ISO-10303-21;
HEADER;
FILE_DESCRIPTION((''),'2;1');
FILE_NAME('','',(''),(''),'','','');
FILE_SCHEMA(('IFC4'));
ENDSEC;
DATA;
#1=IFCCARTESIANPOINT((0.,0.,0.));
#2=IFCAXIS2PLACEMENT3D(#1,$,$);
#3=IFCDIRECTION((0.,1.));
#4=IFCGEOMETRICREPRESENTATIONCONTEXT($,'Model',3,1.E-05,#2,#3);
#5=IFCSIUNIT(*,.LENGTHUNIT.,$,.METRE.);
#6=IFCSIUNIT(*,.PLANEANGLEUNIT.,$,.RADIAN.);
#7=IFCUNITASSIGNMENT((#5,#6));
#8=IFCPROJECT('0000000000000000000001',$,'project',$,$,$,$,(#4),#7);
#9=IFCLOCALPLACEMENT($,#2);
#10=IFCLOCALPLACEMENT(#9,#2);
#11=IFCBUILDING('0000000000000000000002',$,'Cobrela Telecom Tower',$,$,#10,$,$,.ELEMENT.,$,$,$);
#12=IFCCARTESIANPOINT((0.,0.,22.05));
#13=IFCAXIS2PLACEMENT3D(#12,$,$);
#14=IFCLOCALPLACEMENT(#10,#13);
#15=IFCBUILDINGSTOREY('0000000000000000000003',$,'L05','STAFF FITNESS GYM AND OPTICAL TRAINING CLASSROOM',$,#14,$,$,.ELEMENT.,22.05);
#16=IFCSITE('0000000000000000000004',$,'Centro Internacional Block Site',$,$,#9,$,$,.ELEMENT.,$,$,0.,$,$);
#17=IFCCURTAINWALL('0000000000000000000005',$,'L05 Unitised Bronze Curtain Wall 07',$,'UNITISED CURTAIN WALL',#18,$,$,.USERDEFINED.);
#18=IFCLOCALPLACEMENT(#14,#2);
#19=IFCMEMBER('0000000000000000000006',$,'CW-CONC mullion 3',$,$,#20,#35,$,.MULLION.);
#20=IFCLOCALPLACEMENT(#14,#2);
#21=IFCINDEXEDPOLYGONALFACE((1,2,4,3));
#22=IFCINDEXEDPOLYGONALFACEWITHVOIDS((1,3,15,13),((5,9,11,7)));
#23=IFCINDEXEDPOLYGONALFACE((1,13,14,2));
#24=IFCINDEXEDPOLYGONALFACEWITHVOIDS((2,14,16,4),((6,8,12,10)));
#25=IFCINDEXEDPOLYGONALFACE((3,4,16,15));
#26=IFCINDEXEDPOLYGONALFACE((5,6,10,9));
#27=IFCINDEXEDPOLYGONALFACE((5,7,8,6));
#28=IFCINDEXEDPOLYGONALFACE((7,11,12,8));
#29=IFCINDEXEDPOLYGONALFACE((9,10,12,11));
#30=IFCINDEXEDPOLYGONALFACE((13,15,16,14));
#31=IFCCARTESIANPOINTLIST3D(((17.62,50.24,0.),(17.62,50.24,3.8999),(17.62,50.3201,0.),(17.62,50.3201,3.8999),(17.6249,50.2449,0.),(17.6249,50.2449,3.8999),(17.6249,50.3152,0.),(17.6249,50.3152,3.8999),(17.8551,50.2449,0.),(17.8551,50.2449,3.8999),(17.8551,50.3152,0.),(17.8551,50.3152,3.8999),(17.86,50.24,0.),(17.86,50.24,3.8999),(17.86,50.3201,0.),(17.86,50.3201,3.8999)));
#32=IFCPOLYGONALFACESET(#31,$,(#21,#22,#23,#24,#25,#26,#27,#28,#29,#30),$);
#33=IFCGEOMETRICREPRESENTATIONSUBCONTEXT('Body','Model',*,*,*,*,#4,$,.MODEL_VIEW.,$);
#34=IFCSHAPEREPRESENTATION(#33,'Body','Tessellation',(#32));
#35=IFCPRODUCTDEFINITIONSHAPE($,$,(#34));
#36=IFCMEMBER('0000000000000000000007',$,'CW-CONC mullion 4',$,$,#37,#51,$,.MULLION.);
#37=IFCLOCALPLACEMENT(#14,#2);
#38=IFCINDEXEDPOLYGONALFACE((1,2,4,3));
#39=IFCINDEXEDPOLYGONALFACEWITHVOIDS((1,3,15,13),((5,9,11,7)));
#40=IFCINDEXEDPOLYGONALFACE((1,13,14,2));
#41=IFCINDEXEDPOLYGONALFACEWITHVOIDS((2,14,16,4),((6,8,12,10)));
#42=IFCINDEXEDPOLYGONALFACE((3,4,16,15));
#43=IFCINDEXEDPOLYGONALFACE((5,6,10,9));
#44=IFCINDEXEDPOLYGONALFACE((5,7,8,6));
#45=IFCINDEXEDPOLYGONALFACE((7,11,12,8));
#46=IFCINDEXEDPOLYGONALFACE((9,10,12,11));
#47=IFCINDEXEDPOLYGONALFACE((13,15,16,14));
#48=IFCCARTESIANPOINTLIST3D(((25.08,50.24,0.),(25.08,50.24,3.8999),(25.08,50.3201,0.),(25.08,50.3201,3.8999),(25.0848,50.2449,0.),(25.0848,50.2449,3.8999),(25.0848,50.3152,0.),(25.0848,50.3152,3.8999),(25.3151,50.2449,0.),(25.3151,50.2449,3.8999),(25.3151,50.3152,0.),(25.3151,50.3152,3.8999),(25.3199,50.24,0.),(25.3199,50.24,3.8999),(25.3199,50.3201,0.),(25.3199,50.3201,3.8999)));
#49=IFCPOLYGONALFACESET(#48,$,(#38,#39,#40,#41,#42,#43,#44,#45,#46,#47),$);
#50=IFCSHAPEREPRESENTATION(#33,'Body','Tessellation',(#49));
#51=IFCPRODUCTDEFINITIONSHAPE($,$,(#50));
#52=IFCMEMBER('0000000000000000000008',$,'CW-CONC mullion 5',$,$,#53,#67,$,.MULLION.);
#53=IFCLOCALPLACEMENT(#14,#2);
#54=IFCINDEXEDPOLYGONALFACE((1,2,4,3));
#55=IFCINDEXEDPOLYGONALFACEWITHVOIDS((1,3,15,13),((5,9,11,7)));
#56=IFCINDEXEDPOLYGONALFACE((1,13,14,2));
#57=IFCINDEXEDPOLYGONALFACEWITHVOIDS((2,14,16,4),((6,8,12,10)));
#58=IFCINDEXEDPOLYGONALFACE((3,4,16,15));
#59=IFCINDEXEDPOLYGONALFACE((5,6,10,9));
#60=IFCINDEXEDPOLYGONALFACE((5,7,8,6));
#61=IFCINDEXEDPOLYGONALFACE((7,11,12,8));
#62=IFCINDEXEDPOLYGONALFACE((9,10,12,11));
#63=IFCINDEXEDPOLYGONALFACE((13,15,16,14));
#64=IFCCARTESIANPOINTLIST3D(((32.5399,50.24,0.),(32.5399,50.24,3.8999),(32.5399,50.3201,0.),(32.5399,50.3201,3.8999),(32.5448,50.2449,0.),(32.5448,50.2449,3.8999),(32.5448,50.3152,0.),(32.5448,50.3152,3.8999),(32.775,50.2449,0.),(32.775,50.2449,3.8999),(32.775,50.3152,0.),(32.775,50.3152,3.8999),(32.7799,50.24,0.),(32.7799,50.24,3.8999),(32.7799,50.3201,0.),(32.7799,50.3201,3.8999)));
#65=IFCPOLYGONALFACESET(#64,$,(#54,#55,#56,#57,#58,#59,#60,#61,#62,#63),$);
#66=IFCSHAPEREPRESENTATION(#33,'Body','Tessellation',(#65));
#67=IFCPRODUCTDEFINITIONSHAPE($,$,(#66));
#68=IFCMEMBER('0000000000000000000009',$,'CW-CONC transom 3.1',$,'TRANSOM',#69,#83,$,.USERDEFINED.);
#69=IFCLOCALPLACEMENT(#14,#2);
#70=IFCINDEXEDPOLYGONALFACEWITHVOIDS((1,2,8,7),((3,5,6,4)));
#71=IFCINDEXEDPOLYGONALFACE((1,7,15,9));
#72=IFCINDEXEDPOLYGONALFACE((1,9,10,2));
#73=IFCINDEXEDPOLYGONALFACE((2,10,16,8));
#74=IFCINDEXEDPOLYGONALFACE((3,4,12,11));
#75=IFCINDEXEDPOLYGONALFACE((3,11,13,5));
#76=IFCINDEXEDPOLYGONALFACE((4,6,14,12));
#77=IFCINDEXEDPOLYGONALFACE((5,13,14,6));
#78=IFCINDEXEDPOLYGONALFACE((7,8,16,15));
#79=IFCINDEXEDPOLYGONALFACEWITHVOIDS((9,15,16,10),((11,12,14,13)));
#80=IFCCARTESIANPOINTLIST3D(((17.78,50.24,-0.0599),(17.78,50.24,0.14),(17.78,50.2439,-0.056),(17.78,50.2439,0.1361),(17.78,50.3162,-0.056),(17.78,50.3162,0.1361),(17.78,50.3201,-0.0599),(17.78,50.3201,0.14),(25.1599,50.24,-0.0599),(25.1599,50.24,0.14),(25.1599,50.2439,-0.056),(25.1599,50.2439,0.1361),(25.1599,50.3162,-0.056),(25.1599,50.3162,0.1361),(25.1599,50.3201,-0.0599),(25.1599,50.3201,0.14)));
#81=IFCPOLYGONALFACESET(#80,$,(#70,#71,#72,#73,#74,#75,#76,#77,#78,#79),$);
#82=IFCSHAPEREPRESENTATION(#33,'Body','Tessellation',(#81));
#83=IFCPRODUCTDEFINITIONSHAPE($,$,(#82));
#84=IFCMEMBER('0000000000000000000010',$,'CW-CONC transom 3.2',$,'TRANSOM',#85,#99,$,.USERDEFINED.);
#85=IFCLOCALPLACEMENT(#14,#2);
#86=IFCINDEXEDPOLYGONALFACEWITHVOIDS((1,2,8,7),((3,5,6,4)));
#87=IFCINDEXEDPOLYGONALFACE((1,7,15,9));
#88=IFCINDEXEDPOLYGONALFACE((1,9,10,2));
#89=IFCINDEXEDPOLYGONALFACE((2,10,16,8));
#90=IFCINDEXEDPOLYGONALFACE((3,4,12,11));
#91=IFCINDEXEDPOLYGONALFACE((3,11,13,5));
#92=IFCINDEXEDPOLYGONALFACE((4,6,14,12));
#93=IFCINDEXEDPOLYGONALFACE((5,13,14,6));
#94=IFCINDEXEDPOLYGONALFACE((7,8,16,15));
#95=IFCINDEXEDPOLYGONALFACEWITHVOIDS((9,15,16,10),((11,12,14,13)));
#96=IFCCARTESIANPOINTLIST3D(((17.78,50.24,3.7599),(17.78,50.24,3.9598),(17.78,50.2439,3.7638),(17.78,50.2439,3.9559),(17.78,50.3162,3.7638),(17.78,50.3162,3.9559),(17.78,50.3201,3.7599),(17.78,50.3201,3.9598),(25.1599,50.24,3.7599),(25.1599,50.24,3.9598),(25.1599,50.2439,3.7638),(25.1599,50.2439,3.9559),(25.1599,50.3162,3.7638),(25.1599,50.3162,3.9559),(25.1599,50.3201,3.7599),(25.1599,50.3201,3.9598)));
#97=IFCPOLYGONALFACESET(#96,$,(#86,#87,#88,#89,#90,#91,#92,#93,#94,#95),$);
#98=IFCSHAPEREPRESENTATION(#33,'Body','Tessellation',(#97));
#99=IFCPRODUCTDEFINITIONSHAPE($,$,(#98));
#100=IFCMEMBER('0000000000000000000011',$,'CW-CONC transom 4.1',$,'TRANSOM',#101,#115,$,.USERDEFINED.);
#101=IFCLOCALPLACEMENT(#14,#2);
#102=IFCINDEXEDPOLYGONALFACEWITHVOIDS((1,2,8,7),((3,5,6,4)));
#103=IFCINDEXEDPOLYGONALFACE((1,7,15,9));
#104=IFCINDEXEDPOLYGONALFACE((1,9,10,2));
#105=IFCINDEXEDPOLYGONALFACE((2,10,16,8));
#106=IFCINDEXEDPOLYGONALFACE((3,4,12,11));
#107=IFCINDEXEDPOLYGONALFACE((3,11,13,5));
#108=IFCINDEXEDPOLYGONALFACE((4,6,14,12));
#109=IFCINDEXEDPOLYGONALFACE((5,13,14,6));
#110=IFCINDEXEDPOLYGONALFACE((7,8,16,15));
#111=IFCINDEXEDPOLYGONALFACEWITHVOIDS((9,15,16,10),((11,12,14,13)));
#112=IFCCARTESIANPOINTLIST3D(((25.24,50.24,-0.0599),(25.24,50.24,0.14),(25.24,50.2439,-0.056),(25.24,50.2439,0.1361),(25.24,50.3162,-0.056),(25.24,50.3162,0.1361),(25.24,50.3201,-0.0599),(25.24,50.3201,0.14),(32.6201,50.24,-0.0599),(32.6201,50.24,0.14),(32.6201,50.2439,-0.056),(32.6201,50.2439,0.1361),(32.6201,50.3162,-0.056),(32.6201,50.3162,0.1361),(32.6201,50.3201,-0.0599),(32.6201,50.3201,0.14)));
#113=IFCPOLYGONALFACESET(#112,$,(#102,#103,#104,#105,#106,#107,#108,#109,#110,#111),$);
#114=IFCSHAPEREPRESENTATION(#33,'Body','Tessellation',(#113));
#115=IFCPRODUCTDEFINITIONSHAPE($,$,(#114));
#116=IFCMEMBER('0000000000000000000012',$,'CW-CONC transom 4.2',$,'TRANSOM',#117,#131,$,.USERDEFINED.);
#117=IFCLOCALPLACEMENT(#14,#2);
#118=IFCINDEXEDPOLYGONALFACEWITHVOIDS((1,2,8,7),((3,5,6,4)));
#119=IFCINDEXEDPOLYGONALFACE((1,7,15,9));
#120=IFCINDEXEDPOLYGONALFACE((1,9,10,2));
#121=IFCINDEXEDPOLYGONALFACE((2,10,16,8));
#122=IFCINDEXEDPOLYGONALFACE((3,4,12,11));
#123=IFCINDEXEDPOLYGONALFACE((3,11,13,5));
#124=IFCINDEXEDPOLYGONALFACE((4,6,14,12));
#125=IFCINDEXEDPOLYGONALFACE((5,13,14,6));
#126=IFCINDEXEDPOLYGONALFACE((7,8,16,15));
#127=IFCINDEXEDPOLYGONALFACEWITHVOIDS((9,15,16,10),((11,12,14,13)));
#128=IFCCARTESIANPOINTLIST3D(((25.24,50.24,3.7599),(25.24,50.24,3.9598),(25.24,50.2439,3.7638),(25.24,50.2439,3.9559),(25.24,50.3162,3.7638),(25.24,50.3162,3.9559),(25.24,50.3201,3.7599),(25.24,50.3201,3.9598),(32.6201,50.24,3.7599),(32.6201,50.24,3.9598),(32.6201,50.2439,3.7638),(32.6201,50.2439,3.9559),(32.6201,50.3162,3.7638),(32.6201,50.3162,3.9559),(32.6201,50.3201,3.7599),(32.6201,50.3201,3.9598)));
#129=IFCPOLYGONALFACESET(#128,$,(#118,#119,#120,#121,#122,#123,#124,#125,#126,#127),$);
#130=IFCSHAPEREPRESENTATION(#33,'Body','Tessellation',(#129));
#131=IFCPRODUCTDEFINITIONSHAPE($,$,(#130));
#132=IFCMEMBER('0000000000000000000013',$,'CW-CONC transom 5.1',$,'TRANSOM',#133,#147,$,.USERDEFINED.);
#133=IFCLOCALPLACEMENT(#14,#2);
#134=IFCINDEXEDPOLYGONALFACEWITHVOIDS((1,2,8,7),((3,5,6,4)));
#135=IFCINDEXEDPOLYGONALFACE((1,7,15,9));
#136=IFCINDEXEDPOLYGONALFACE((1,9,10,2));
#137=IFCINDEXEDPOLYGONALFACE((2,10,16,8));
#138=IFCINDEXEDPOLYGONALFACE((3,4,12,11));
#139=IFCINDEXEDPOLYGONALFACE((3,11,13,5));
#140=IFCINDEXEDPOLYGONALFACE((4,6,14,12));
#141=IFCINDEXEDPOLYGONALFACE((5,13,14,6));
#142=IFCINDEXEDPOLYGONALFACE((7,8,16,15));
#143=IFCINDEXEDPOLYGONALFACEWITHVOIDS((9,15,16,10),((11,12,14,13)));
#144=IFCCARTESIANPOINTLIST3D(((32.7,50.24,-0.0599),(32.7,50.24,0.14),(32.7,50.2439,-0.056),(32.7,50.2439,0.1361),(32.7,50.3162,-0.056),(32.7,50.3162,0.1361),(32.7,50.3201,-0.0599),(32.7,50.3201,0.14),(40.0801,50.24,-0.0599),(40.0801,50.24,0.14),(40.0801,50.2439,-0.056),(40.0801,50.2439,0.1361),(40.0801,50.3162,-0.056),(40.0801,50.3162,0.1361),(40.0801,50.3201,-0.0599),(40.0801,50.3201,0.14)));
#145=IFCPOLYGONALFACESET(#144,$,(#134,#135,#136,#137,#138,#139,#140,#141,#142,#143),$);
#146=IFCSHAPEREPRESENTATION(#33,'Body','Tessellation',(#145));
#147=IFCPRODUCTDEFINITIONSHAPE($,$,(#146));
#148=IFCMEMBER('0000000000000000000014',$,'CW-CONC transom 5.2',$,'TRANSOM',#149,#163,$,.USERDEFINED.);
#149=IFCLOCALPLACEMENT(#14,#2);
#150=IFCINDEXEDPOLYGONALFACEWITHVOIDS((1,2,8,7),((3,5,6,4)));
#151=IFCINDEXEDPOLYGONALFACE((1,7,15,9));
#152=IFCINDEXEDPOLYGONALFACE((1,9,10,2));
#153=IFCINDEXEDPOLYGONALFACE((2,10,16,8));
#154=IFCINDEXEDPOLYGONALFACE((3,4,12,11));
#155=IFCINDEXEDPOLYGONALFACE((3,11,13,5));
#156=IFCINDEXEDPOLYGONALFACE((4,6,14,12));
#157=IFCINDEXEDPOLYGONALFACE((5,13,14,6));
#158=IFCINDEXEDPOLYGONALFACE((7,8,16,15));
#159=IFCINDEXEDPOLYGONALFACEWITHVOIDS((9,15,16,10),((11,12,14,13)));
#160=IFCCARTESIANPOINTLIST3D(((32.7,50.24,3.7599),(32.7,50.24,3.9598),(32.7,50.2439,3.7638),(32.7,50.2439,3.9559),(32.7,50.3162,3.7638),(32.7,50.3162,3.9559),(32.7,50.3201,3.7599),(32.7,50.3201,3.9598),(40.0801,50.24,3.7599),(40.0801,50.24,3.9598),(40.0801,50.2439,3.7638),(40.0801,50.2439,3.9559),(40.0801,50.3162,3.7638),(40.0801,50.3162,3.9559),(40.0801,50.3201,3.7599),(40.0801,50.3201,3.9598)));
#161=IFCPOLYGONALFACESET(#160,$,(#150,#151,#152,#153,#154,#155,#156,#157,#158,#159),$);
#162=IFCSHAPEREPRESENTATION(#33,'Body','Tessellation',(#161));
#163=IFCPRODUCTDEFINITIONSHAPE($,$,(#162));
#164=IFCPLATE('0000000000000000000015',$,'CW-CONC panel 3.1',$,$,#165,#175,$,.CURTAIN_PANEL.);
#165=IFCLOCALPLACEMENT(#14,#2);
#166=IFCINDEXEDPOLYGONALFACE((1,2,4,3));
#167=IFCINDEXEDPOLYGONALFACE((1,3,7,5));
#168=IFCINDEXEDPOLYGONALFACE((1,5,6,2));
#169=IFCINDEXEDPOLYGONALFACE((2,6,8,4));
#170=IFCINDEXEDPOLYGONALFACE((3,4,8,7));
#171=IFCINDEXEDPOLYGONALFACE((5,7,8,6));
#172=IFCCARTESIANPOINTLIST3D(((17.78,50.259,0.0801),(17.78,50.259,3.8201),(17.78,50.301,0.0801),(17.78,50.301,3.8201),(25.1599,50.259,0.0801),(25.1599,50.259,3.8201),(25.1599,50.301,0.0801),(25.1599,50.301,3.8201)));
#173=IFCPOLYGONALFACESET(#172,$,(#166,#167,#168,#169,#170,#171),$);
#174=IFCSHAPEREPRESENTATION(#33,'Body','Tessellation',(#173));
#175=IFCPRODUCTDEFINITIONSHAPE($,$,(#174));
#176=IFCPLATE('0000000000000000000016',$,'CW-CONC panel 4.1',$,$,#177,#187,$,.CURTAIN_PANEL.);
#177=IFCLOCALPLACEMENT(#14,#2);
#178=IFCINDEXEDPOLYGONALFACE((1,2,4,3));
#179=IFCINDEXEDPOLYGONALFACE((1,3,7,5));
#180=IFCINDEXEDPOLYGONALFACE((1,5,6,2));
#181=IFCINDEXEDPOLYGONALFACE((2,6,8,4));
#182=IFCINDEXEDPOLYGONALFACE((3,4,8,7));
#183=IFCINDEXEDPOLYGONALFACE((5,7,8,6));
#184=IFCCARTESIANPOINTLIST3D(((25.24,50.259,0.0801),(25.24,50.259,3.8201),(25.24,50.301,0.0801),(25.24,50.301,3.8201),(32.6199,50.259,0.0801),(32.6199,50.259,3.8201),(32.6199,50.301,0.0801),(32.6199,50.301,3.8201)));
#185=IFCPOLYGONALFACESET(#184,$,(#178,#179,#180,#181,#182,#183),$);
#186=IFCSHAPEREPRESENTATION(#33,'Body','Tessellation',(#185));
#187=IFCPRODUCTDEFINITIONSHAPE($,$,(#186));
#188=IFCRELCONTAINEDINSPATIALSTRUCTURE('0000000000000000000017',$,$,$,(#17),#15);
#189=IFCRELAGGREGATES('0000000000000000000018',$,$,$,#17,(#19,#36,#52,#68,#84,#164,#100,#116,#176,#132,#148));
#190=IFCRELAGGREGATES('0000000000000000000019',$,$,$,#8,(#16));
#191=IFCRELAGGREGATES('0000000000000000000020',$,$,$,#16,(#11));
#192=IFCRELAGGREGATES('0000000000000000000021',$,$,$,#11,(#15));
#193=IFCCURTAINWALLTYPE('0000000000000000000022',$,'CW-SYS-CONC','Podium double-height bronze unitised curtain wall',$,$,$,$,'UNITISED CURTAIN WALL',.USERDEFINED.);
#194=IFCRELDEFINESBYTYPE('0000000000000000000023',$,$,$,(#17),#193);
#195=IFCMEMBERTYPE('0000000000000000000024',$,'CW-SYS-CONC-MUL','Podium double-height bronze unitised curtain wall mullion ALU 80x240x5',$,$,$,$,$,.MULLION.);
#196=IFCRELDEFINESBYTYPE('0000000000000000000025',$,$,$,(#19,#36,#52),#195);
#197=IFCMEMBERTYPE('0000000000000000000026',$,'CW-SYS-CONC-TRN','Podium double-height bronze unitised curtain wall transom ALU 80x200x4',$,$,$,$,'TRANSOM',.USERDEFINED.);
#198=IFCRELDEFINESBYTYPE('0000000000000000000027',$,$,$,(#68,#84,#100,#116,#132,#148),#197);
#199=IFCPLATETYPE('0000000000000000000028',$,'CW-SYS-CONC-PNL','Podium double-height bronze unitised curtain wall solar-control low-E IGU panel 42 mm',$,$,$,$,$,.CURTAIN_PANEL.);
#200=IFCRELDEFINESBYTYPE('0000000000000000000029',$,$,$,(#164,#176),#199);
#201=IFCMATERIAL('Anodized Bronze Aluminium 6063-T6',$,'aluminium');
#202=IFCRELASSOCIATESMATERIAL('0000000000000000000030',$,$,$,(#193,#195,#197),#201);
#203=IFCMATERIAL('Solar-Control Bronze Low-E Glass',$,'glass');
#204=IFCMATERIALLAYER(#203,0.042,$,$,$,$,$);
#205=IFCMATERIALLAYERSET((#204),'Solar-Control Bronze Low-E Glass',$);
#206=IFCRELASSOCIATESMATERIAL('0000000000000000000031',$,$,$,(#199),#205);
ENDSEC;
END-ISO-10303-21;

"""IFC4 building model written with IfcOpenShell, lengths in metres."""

from ifc_helpers import new_model, si_unit, direction, frame, origin, origin_2d, place, context, subcontext, project, spatial, rectangle, hollow_rectangle, extrude, material, layer, layer_set, material_profile, profile_set, type_object, element, aggregate, save


model = new_model("IFC4")

# Units and contexts
model_context = context("Model", 3, precision=1e-05, world=origin(), true_north=direction((0.0, 1.0)))
body_context = subcontext(model_context, "Body", "Model", "MODEL_VIEW")
ifc_project = project(units=[si_unit("LENGTHUNIT", "METRE"), si_unit("PLANEANGLEUNIT", "RADIAN")], contexts=[model_context])

# Site, building, storey
site_placement = place(None, origin())
site = spatial("IfcSite", under=ifc_project, at=site_placement, Name="Centro Internacional Block Site", CompositionType="ELEMENT", RefElevation=0.0)
building_placement = place(site_placement, origin())
building = spatial("IfcBuilding", under=site, at=building_placement, Name="Cobrela Telecom Tower", CompositionType="ELEMENT")
storey_placement = place(building_placement, frame((0.0, 0.0, 22.05)))
storey = spatial("IfcBuildingStorey", under=building, at=storey_placement, Name="L05", Description="STAFF FITNESS GYM AND OPTICAL TRAINING CLASSROOM", CompositionType="ELEMENT", Elevation=22.05)

# Curtain wall, members, plates
ifc_material_1 = material(Name="Anodized Bronze Aluminium 6063-T6", Category="aluminium")
curtain_wall_type = type_object("IfcCurtainWallType", Name="CW-SYS-CONC", Description="Podium double-height bronze unitised curtain wall", ElementType="UNITISED CURTAIN WALL", PredefinedType="USERDEFINED", material=ifc_material_1)
curtain_wall_placement = place(storey_placement, origin())
curtain_wall = element("IfcCurtainWall", 1, at=curtain_wall_placement, inside=storey, type_object=curtain_wall_type, Name="L05 Unitised Bronze Curtain Wall 07", ObjectType="UNITISED CURTAIN WALL", PredefinedType="USERDEFINED")
ifc_material_profile_1 = material_profile(ifc_material_1, hollow_rectangle(XDim=0.0801, YDim=0.24, WallThickness=0.0049, at=origin_2d()), Name="ALU 80x240x5")
ifc_profile_set_1 = profile_set([ifc_material_profile_1], Name="Anodized Bronze Aluminium 6063-T6")
member_type_1 = type_object("IfcMemberType", Name="CW-SYS-CONC-MUL", Description="Podium double-height bronze unitised curtain wall mullion ALU 80x240x5", PredefinedType="MULLION", material=ifc_profile_set_1)
member_1_placement = place(storey_placement, frame((17.74, 50.28, 0.0), z_axis=(0.0, 0.0, 1.0), x_axis=(0.0, 1.0, 0.0)))
member_1 = element("IfcMember", 2, at=member_1_placement, type_object=member_type_1, Name="CW-CONC mullion 3", PredefinedType="MULLION", context=body_context, shape_type="SweptSolid", body=[
    extrude(hollow_rectangle(XDim=0.0801, YDim=0.24, WallThickness=0.0049, at=origin_2d()), origin(), (0.0, 0.0, 1.0), 3.8999),
])
member_2_placement = place(storey_placement, frame((25.2, 50.28, 0.0), z_axis=(0.0, 0.0, 1.0), x_axis=(0.0, 1.0, 0.0)))
member_2 = element("IfcMember", 3, at=member_2_placement, type_object=member_type_1, Name="CW-CONC mullion 4", PredefinedType="MULLION", context=body_context, shape_type="SweptSolid", body=[
    extrude(hollow_rectangle(XDim=0.0801, YDim=0.24, WallThickness=0.0049, at=origin_2d()), origin(), (0.0, 0.0, 1.0), 3.8999),
])
member_3_placement = place(storey_placement, frame((32.6599, 50.28, 0.0), z_axis=(0.0, 0.0, 1.0), x_axis=(0.0, 1.0, 0.0)))
member_3 = element("IfcMember", 4, at=member_3_placement, type_object=member_type_1, Name="CW-CONC mullion 5", PredefinedType="MULLION", context=body_context, shape_type="SweptSolid", body=[
    extrude(hollow_rectangle(XDim=0.0801, YDim=0.24, WallThickness=0.0049, at=origin_2d()), origin(), (0.0, 0.0, 1.0), 3.8999),
])
ifc_material_profile_2 = material_profile(ifc_material_1, hollow_rectangle(XDim=0.0801, YDim=0.2, WallThickness=0.0039, at=origin_2d()), Name="ALU 80x200x4")
ifc_profile_set_2 = profile_set([ifc_material_profile_2], Name="Anodized Bronze Aluminium 6063-T6")
member_type_2 = type_object("IfcMemberType", Name="CW-SYS-CONC-TRN", Description="Podium double-height bronze unitised curtain wall transom ALU 80x200x4", ElementType="TRANSOM", PredefinedType="USERDEFINED", material=ifc_profile_set_2)
member_4_placement = place(storey_placement, frame((17.78, 50.28, 0.04), z_axis=(1.0, 0.0, 0.0), x_axis=(0.0, 1.0, 0.0)))
member_4 = element("IfcMember", 5, at=member_4_placement, type_object=member_type_2, Name="CW-CONC transom 3.1", ObjectType="TRANSOM", PredefinedType="USERDEFINED", context=body_context, shape_type="SweptSolid", body=[
    extrude(hollow_rectangle(XDim=0.0801, YDim=0.2, WallThickness=0.0039, at=origin_2d()), origin(), (0.0, 0.0, 1.0), 7.3799),
])
member_5_placement = place(storey_placement, frame((17.78, 50.28, 3.8599), z_axis=(1.0, 0.0, 0.0), x_axis=(0.0, 1.0, 0.0)))
member_5 = element("IfcMember", 6, at=member_5_placement, type_object=member_type_2, Name="CW-CONC transom 3.2", ObjectType="TRANSOM", PredefinedType="USERDEFINED", context=body_context, shape_type="SweptSolid", body=[
    extrude(hollow_rectangle(XDim=0.0801, YDim=0.2, WallThickness=0.0039, at=origin_2d()), origin(), (0.0, 0.0, 1.0), 7.3799),
])
member_6_placement = place(storey_placement, frame((25.24, 50.28, 0.04), z_axis=(1.0, 0.0, 0.0), x_axis=(0.0, 1.0, 0.0)))
member_6 = element("IfcMember", 7, at=member_6_placement, type_object=member_type_2, Name="CW-CONC transom 4.1", ObjectType="TRANSOM", PredefinedType="USERDEFINED", context=body_context, shape_type="SweptSolid", body=[
    extrude(hollow_rectangle(XDim=0.0801, YDim=0.2, WallThickness=0.0039, at=origin_2d()), origin(), (0.0, 0.0, 1.0), 7.3801),
])
member_7_placement = place(storey_placement, frame((25.24, 50.28, 3.8599), z_axis=(1.0, 0.0, 0.0), x_axis=(0.0, 1.0, 0.0)))
member_7 = element("IfcMember", 8, at=member_7_placement, type_object=member_type_2, Name="CW-CONC transom 4.2", ObjectType="TRANSOM", PredefinedType="USERDEFINED", context=body_context, shape_type="SweptSolid", body=[
    extrude(hollow_rectangle(XDim=0.0801, YDim=0.2, WallThickness=0.0039, at=origin_2d()), origin(), (0.0, 0.0, 1.0), 7.3801),
])
member_8_placement = place(storey_placement, frame((32.7, 50.28, 0.04), z_axis=(1.0, 0.0, 0.0), x_axis=(0.0, 1.0, 0.0)))
member_8 = element("IfcMember", 9, at=member_8_placement, type_object=member_type_2, Name="CW-CONC transom 5.1", ObjectType="TRANSOM", PredefinedType="USERDEFINED", context=body_context, shape_type="SweptSolid", body=[
    extrude(hollow_rectangle(XDim=0.0801, YDim=0.2, WallThickness=0.0039, at=origin_2d()), origin(), (0.0, 0.0, 1.0), 7.3801),
])
member_9_placement = place(storey_placement, frame((32.7, 50.28, 3.8599), z_axis=(1.0, 0.0, 0.0), x_axis=(0.0, 1.0, 0.0)))
member_9 = element("IfcMember", 10, at=member_9_placement, type_object=member_type_2, Name="CW-CONC transom 5.2", ObjectType="TRANSOM", PredefinedType="USERDEFINED", context=body_context, shape_type="SweptSolid", body=[
    extrude(hollow_rectangle(XDim=0.0801, YDim=0.2, WallThickness=0.0039, at=origin_2d()), origin(), (0.0, 0.0, 1.0), 7.3801),
])
ifc_material_2 = material(Name="Solar-Control Bronze Low-E Glass", Category="glass")
ifc_layer_1 = layer(ifc_material_2, 0.042)
ifc_layer_set_1 = layer_set([ifc_layer_1], Name="Solar-Control Bronze Low-E Glass")
plate_type_1 = type_object("IfcPlateType", Name="CW-SYS-CONC-PNL", Description="Podium double-height bronze unitised curtain wall solar-control low-E IGU panel 42 mm", PredefinedType="CURTAIN_PANEL", material=ifc_layer_set_1)
plate_1_placement = place(storey_placement, frame((21.47, 50.28, 0.0801), z_axis=(0.0, 0.0, 1.0), x_axis=(1.0, 0.0, 0.0)))
plate_1 = element("IfcPlate", 11, at=plate_1_placement, type_object=plate_type_1, Name="CW-CONC panel 3.1", PredefinedType="CURTAIN_PANEL", context=body_context, shape_type="SweptSolid", body=[
    extrude(rectangle(XDim=7.3799, YDim=0.042, at=origin_2d()), origin(), (0.0, 0.0, 1.0), 3.74),
])
plate_2_placement = place(storey_placement, frame((28.9299, 50.28, 0.0801), z_axis=(0.0, 0.0, 1.0), x_axis=(1.0, 0.0, 0.0)))
plate_2 = element("IfcPlate", 12, at=plate_2_placement, type_object=plate_type_1, Name="CW-CONC panel 4.1", PredefinedType="CURTAIN_PANEL", context=body_context, shape_type="SweptSolid", body=[
    extrude(rectangle(XDim=7.3799, YDim=0.042, at=origin_2d()), origin(), (0.0, 0.0, 1.0), 3.74),
])
aggregate(curtain_wall, [member_1, member_2, member_3, member_4, member_5, plate_1, member_6, member_7, plate_2, member_8, member_9])

save(model, "model.ifc")
